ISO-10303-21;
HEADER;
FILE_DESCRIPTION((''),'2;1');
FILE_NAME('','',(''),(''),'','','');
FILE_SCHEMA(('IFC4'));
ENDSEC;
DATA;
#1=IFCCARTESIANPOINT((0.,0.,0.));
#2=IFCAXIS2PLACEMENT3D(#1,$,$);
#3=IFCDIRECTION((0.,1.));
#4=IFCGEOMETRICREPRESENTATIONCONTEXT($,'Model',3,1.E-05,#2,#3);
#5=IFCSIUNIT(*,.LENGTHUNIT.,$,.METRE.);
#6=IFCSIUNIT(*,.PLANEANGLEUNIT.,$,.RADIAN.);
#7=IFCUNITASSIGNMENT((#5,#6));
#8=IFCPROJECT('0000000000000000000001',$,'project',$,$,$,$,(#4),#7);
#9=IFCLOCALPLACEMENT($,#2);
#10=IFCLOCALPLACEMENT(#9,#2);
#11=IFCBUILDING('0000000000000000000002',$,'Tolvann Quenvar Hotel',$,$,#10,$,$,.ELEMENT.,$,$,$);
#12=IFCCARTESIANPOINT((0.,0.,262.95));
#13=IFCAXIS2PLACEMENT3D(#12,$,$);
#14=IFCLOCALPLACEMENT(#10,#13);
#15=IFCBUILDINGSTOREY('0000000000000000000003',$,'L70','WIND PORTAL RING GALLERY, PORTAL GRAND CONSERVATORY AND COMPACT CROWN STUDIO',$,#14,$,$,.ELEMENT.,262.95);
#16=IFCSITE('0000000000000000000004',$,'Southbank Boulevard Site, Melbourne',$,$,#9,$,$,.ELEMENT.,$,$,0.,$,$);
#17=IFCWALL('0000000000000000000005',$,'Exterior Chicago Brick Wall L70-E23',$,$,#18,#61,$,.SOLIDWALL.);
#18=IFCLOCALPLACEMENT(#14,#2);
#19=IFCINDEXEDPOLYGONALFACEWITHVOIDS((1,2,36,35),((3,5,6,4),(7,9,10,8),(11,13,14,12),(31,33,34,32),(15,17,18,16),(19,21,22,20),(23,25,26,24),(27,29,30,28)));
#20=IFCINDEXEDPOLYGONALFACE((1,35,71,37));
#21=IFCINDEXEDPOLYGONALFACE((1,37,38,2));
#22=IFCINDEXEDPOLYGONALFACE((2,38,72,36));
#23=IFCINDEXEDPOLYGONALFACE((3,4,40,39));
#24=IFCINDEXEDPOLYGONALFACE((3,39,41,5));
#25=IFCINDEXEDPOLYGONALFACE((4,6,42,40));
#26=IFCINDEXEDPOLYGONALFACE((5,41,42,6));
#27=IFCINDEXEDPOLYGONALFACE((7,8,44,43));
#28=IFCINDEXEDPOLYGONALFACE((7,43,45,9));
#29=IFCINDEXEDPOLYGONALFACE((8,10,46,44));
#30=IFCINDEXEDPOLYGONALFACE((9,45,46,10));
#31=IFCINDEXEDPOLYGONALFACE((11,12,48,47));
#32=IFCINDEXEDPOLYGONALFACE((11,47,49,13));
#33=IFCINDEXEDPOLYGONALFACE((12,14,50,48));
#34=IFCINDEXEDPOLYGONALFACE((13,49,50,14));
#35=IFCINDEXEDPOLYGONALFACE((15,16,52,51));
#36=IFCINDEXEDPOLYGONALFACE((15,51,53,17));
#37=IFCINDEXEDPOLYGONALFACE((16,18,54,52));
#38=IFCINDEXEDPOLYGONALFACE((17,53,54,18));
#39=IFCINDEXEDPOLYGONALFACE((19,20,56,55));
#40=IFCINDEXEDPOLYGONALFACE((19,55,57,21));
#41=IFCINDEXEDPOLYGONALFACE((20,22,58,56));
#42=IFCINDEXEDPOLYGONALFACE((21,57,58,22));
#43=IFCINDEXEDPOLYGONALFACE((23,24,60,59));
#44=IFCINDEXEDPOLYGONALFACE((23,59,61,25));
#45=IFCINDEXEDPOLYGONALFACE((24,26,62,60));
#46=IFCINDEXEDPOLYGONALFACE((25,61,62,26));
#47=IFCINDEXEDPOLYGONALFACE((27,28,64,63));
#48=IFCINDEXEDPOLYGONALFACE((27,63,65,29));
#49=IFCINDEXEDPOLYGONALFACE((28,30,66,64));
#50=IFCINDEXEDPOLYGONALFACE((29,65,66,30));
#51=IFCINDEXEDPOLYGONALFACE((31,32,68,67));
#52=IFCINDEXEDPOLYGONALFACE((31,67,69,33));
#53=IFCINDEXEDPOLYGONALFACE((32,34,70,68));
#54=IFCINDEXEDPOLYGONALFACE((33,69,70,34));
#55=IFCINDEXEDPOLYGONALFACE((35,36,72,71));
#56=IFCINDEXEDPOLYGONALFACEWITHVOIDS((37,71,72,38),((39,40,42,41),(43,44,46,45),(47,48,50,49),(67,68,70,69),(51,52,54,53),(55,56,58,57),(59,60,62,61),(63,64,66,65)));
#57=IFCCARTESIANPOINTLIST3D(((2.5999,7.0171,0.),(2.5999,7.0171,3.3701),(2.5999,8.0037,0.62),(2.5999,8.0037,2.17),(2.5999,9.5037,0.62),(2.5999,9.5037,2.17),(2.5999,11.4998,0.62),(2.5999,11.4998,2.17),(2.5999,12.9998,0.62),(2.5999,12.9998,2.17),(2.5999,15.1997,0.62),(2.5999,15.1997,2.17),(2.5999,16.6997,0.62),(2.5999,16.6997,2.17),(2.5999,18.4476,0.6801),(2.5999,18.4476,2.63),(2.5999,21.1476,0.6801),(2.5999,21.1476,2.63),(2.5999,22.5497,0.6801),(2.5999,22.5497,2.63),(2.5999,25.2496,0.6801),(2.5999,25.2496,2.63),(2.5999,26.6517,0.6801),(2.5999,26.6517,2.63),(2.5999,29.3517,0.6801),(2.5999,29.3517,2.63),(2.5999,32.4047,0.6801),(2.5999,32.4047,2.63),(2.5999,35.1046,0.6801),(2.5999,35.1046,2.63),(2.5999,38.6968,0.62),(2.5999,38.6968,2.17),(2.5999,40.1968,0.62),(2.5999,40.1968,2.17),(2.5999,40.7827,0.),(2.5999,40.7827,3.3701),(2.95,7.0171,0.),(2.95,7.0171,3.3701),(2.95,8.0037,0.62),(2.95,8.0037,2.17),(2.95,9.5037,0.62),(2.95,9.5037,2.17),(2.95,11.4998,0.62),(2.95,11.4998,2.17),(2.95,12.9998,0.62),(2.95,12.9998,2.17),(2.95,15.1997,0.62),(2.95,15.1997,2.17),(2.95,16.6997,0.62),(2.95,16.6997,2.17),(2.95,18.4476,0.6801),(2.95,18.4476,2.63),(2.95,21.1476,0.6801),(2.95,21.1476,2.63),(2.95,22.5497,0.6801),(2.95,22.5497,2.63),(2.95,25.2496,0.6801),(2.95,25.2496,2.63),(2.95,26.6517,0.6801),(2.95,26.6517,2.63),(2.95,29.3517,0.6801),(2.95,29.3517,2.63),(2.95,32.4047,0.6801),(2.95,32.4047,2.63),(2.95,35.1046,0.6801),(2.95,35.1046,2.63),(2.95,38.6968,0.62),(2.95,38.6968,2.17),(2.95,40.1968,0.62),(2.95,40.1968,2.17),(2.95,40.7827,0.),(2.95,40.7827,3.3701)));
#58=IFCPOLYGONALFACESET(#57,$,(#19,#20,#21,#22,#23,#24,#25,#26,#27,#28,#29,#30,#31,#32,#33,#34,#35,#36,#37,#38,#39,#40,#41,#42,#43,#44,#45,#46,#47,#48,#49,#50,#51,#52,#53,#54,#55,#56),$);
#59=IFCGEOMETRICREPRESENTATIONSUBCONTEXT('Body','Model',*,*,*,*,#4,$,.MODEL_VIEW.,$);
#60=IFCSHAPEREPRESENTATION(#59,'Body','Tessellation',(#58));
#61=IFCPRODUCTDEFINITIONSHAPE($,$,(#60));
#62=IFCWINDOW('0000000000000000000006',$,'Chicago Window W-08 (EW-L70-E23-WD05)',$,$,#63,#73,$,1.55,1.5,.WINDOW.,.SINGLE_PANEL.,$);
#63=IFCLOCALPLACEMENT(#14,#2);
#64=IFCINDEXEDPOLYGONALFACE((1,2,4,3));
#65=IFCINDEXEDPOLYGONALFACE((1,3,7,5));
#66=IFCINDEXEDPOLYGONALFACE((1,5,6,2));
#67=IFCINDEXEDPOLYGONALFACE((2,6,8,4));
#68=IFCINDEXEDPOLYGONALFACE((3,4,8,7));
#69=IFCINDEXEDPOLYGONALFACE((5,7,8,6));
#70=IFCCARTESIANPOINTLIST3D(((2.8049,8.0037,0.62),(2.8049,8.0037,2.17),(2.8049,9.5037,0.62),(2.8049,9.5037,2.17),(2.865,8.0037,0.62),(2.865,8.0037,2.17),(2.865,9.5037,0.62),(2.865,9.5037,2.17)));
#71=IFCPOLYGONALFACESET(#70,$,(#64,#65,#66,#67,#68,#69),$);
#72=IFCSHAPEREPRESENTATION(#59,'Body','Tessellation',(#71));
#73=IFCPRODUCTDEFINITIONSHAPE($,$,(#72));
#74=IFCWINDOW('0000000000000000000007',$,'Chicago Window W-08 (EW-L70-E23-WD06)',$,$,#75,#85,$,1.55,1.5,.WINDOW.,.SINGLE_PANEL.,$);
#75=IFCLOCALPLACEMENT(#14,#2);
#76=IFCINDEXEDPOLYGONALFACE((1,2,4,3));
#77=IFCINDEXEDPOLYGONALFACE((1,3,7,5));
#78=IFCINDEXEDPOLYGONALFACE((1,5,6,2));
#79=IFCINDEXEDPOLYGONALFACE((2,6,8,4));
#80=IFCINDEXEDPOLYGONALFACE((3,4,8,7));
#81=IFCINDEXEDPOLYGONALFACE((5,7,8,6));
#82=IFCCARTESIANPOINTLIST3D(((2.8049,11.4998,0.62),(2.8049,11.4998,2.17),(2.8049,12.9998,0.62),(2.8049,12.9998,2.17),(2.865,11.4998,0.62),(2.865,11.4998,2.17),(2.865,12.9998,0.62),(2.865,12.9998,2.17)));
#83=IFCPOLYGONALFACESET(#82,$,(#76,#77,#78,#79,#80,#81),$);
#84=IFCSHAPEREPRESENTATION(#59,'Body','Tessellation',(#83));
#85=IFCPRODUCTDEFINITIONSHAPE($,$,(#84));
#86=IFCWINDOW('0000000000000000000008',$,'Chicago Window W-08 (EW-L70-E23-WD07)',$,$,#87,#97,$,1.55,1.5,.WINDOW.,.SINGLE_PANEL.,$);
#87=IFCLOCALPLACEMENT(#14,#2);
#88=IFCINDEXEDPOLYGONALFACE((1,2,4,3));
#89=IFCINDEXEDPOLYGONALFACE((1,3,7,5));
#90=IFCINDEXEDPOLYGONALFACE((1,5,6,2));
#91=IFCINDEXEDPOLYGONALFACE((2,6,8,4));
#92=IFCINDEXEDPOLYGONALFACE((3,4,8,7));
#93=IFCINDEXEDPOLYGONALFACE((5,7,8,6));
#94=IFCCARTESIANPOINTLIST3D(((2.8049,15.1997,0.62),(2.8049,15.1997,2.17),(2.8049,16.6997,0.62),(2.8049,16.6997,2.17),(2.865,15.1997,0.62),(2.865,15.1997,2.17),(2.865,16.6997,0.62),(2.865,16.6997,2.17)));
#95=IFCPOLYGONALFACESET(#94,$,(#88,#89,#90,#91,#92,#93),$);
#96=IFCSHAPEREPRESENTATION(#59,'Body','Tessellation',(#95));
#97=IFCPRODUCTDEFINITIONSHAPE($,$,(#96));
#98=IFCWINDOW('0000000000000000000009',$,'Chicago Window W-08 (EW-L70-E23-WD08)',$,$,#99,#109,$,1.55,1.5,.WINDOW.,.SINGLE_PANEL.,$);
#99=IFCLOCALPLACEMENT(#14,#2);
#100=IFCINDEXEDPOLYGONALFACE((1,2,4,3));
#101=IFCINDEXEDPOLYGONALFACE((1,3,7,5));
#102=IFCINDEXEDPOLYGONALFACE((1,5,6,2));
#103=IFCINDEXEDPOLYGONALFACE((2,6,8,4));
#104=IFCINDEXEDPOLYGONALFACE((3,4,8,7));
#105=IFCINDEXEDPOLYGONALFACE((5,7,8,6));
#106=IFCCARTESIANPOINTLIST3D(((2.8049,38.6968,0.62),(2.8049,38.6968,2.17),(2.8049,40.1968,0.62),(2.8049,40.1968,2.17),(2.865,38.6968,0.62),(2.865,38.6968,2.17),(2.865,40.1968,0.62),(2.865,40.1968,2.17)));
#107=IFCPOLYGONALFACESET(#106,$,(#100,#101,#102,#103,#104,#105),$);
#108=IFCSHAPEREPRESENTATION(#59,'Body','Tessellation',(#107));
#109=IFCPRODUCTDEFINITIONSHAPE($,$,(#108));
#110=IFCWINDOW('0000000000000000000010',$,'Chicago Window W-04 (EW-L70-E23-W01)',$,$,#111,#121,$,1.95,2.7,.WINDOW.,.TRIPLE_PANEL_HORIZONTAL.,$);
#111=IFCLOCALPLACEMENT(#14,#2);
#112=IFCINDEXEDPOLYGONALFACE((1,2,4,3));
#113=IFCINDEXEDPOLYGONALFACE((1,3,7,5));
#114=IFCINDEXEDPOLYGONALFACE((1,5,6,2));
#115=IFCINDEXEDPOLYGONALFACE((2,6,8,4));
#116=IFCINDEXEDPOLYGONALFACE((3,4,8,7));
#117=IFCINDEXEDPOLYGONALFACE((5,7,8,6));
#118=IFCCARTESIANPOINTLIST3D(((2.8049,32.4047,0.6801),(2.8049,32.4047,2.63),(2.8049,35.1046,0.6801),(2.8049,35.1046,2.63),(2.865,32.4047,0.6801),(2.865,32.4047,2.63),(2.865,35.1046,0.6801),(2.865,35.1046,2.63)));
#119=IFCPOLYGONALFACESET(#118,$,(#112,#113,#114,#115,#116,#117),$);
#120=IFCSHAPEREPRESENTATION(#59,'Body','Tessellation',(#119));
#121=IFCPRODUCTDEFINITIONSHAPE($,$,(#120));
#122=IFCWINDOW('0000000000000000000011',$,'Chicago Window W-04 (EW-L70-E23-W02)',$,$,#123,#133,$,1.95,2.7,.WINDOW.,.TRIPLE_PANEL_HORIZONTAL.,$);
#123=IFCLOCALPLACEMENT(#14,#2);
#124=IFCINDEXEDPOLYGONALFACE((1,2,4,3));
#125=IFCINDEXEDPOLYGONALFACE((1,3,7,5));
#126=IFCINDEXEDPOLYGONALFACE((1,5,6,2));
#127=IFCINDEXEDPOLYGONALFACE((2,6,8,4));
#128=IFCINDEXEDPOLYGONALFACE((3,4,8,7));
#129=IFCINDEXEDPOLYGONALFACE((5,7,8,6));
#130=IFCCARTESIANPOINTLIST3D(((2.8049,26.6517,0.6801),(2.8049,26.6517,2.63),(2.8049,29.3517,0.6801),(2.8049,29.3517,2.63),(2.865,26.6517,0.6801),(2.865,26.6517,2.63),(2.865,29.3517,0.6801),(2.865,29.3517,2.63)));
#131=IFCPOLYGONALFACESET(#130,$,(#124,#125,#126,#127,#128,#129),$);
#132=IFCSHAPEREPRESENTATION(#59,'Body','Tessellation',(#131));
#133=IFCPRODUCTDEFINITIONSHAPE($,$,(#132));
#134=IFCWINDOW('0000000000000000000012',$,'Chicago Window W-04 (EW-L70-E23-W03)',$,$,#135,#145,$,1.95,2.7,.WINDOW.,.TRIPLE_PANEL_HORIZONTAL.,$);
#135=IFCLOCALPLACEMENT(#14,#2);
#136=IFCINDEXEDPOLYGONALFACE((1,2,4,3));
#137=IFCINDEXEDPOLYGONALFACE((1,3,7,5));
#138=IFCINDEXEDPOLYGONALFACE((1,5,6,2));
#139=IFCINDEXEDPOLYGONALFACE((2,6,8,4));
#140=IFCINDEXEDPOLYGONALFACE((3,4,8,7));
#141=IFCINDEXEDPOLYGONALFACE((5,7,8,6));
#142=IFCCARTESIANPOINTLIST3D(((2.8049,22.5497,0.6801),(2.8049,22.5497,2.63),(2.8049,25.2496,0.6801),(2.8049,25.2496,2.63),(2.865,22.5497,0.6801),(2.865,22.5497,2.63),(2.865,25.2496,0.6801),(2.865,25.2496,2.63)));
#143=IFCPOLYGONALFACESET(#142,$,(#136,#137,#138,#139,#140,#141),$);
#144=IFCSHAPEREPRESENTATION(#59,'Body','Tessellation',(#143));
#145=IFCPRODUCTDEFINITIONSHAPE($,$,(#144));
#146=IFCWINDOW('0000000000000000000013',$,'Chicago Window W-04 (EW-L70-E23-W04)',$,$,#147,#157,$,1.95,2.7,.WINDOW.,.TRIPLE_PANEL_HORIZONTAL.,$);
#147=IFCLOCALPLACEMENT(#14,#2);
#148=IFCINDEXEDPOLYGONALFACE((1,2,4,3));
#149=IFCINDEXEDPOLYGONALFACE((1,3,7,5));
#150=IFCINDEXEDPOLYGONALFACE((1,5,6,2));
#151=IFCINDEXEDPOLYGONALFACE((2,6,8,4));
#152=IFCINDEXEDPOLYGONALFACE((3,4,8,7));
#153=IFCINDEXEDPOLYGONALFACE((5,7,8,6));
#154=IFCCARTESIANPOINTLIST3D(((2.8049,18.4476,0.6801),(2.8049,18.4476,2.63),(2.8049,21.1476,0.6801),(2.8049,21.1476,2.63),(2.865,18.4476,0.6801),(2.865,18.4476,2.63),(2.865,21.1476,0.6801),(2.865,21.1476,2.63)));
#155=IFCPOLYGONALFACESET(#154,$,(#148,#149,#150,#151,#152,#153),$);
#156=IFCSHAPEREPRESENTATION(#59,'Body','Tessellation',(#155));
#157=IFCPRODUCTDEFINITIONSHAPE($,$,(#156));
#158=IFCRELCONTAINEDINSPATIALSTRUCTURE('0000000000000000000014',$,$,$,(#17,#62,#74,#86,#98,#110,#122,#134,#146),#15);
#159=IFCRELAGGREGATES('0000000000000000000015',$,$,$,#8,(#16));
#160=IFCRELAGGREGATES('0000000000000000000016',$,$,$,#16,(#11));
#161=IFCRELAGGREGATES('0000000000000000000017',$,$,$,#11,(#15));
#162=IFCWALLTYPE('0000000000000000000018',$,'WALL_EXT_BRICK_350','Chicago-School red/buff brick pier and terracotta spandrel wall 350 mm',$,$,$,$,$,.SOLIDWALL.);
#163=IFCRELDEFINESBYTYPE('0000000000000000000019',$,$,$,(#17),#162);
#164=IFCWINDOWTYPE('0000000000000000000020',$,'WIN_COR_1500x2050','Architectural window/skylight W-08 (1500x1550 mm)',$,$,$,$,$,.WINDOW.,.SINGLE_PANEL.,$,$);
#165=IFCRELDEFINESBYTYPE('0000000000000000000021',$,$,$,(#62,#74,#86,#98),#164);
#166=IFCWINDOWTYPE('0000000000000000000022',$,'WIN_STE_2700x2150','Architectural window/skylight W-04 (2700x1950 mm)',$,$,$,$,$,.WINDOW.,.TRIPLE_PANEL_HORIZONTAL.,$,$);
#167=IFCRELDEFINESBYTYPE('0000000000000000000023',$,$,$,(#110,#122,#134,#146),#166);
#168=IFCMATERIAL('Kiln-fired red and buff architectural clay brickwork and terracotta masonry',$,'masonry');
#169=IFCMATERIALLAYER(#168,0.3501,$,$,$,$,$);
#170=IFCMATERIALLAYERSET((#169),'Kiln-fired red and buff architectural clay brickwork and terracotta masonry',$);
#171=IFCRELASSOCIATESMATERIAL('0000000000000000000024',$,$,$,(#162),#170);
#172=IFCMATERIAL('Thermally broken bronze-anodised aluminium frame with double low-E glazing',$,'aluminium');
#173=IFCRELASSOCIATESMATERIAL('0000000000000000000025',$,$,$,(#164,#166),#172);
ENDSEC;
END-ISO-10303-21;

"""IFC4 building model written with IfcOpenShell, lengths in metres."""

from ifc_helpers import new_model, si_unit, direction, frame, frame_2d, origin, place, context, subcontext, project, spatial, rectangle, extrude, source, transform, mapped, material, layer, layer_set, type_object, type_shapes, element, fill, save


model = new_model("IFC4")

# Units and contexts
model_context = context("Model", 3, precision=1e-05, world=origin(), true_north=direction((0.0, 1.0)))
body_context = subcontext(model_context, "Body", "Model", "MODEL_VIEW")
ifc_project = project(units=[si_unit("LENGTHUNIT", "METRE"), si_unit("PLANEANGLEUNIT", "RADIAN")], contexts=[model_context])

# Site, building, storey
site_placement = place(None, origin())
site = spatial("IfcSite", under=ifc_project, at=site_placement, Name="Southbank Boulevard Site, Melbourne", CompositionType="ELEMENT", RefElevation=0.0)
building_placement = place(site_placement, origin())
building = spatial("IfcBuilding", under=site, at=building_placement, Name="Tolvann Quenvar Hotel", CompositionType="ELEMENT")
storey_placement = place(building_placement, frame((0.0, 0.0, 262.95)))
storey = spatial("IfcBuildingStorey", under=building, at=storey_placement, Name="L70", Description="WIND PORTAL RING GALLERY, PORTAL GRAND CONSERVATORY AND COMPACT CROWN STUDIO", CompositionType="ELEMENT", Elevation=262.95)

# Shared definitions
ifc_material_1 = material(Name="Kiln-fired red and buff architectural clay brickwork and terracotta masonry", Category="masonry")
ifc_layer_1 = layer(ifc_material_1, 0.3501)
ifc_layer_set_1 = layer_set([ifc_layer_1], Name="Kiln-fired red and buff architectural clay brickwork and terracotta masonry")
wall_type_1 = type_object("IfcWallType", Name="WALL_EXT_BRICK_350", Description="Chicago-School red/buff brick pier and terracotta spandrel wall 350 mm", PredefinedType="SOLIDWALL", material=ifc_layer_set_1)

# Wall, openings, windows
wall_1_placement = place(storey_placement, frame((2.7749, 40.7827, 0.0), z_axis=(0.0, 0.0, 1.0), x_axis=(0.0, -1.0, 0.0)))
wall_1 = element("IfcWall", 1, at=wall_1_placement, inside=storey, type_object=wall_type_1, Name="Exterior Chicago Brick Wall L70-E23", PredefinedType="SOLIDWALL", context=body_context, shape_type="SweptSolid", body=[
    extrude(rectangle(XDim=33.7656, YDim=0.3501, at=frame_2d((16.8828, 0.0))), origin(), (0.0, 0.0, 1.0), 3.3701),
])
opening_1_placement = place(wall_1_placement, frame((5.678, 0.0, 0.6799)))
opening_1 = element("IfcOpeningElement", 2, at=opening_1_placement, cuts=wall_1, PredefinedType="OPENING", context=body_context, shape_type="SweptSolid", body=[
    extrude(rectangle(XDim=2.7, YDim=1.95, at=frame_2d((1.3501, 0.9751))), frame((0.0, 0.1851, 0.0), z_axis=(0.0, -1.0, 0.0), x_axis=(1.0, 0.0, 0.0)), (0.0, 0.0, 1.0), 0.3701),
])
opening_2_placement = place(wall_1_placement, frame((11.4309, 0.0, 0.6799)))
opening_2 = element("IfcOpeningElement", 3, at=opening_2_placement, cuts=wall_1, PredefinedType="OPENING", context=body_context, shape_type="SweptSolid", body=[
    extrude(rectangle(XDim=2.7, YDim=1.95, at=frame_2d((1.3501, 0.9751))), frame((0.0, 0.1851, 0.0), z_axis=(0.0, -1.0, 0.0), x_axis=(1.0, 0.0, 0.0)), (0.0, 0.0, 1.0), 0.3701),
])
opening_3_placement = place(wall_1_placement, frame((15.533, 0.0, 0.6799)))
opening_3 = element("IfcOpeningElement", 4, at=opening_3_placement, cuts=wall_1, PredefinedType="OPENING", context=body_context, shape_type="SweptSolid", body=[
    extrude(rectangle(XDim=2.7, YDim=1.95, at=frame_2d((1.3501, 0.9751))), frame((0.0, 0.1851, 0.0), z_axis=(0.0, -1.0, 0.0), x_axis=(1.0, 0.0, 0.0)), (0.0, 0.0, 1.0), 0.3701),
])
opening_4_placement = place(wall_1_placement, frame((19.635, 0.0, 0.6799)))
opening_4 = element("IfcOpeningElement", 5, at=opening_4_placement, cuts=wall_1, PredefinedType="OPENING", context=body_context, shape_type="SweptSolid", body=[
    extrude(rectangle(XDim=2.7, YDim=1.95, at=frame_2d((1.3501, 0.9751))), frame((0.0, 0.1851, 0.0), z_axis=(0.0, -1.0, 0.0), x_axis=(1.0, 0.0, 0.0)), (0.0, 0.0, 1.0), 0.3701),
])
opening_5_placement = place(wall_1_placement, frame((31.2791, 0.0, 0.6201)))
opening_5 = element("IfcOpeningElement", 6, at=opening_5_placement, cuts=wall_1, PredefinedType="OPENING", context=body_context, shape_type="SweptSolid", body=[
    extrude(rectangle(XDim=1.5, YDim=1.55, at=frame_2d((0.75, 0.7749))), frame((0.0, 0.1851, 0.0), z_axis=(0.0, -1.0, 0.0), x_axis=(1.0, 0.0, 0.0)), (0.0, 0.0, 1.0), 0.3701),
])
opening_6_placement = place(wall_1_placement, frame((27.783, 0.0, 0.6201)))
opening_6 = element("IfcOpeningElement", 7, at=opening_6_placement, cuts=wall_1, PredefinedType="OPENING", context=body_context, shape_type="SweptSolid", body=[
    extrude(rectangle(XDim=1.5, YDim=1.55, at=frame_2d((0.75, 0.7749))), frame((0.0, 0.1851, 0.0), z_axis=(0.0, -1.0, 0.0), x_axis=(1.0, 0.0, 0.0)), (0.0, 0.0, 1.0), 0.3701),
])
opening_7_placement = place(wall_1_placement, frame((24.083, 0.0, 0.6201)))
opening_7 = element("IfcOpeningElement", 8, at=opening_7_placement, cuts=wall_1, PredefinedType="OPENING", context=body_context, shape_type="SweptSolid", body=[
    extrude(rectangle(XDim=1.5, YDim=1.55, at=frame_2d((0.75, 0.7749))), frame((0.0, 0.1851, 0.0), z_axis=(0.0, -1.0, 0.0), x_axis=(1.0, 0.0, 0.0)), (0.0, 0.0, 1.0), 0.3701),
])
opening_8_placement = place(wall_1_placement, frame((0.5859, 0.0, 0.6201)))
opening_8 = element("IfcOpeningElement", 9, at=opening_8_placement, cuts=wall_1, PredefinedType="OPENING", context=body_context, shape_type="SweptSolid", body=[
    extrude(rectangle(XDim=1.5, YDim=1.55, at=frame_2d((0.75, 0.7749))), frame((0.0, 0.1851, 0.0), z_axis=(0.0, -1.0, 0.0), x_axis=(1.0, 0.0, 0.0)), (0.0, 0.0, 1.0), 0.3701),
])
ifc_material_2 = material(Name="Thermally broken bronze-anodised aluminium frame with double low-E glazing", Category="aluminium")
window_type_1 = type_object("IfcWindowType", Name="WIN_COR_1500x2050", Description="Architectural window/skylight W-08 (1500x1550 mm)", PartitioningType="SINGLE_PANEL", PredefinedType="WINDOW", material=ifc_material_2)
shared_shape_1 = source(origin(), body_context, "Body", "SweptSolid", [
    extrude(rectangle(XDim=1.5, YDim=1.55, at=frame_2d((0.75, 0.7749))), frame((0.0, 0.0901, 0.0), z_axis=(0.0, -1.0, 0.0), x_axis=(1.0, 0.0, 0.0)), (0.0, 0.0, 1.0), 0.0601),
])
type_shapes(window_type_1, [shared_shape_1])
window_1_placement = place(opening_5_placement, origin())
window_1 = element("IfcWindow", 10, at=window_1_placement, inside=storey, type_object=window_type_1, Name="Chicago Window W-08 (EW-L70-E23-WD05)", OverallHeight=1.55, OverallWidth=1.5, PartitioningType="SINGLE_PANEL", PredefinedType="WINDOW", context=body_context, shape_type="MappedRepresentation", body=[
    mapped(shared_shape_1, transform((0.0, 0.0, 0.0), x_axis=(1.0, 0.0, 0.0), y_axis=(0.0, 1.0, 0.0), z_axis=(0.0, 0.0, 1.0), scale=1.0)),
])
fill(opening_5, window_1)
window_2_placement = place(opening_6_placement, origin())
window_2 = element("IfcWindow", 11, at=window_2_placement, inside=storey, type_object=window_type_1, Name="Chicago Window W-08 (EW-L70-E23-WD06)", OverallHeight=1.55, OverallWidth=1.5, PartitioningType="SINGLE_PANEL", PredefinedType="WINDOW", context=body_context, shape_type="MappedRepresentation", body=[
    mapped(shared_shape_1, transform((0.0, 0.0, 0.0), x_axis=(1.0, 0.0, 0.0), y_axis=(0.0, 1.0, 0.0), z_axis=(0.0, 0.0, 1.0), scale=1.0)),
])
fill(opening_6, window_2)
window_3_placement = place(opening_7_placement, origin())
window_3 = element("IfcWindow", 12, at=window_3_placement, inside=storey, type_object=window_type_1, Name="Chicago Window W-08 (EW-L70-E23-WD07)", OverallHeight=1.55, OverallWidth=1.5, PartitioningType="SINGLE_PANEL", PredefinedType="WINDOW", context=body_context, shape_type="MappedRepresentation", body=[
    mapped(shared_shape_1, transform((0.0, 0.0, 0.0), x_axis=(1.0, 0.0, 0.0), y_axis=(0.0, 1.0, 0.0), z_axis=(0.0, 0.0, 1.0), scale=1.0)),
])
fill(opening_7, window_3)
window_4_placement = place(opening_8_placement, origin())
window_4 = element("IfcWindow", 13, at=window_4_placement, inside=storey, type_object=window_type_1, Name="Chicago Window W-08 (EW-L70-E23-WD08)", OverallHeight=1.55, OverallWidth=1.5, PartitioningType="SINGLE_PANEL", PredefinedType="WINDOW", context=body_context, shape_type="MappedRepresentation", body=[
    mapped(shared_shape_1, transform((0.0, 0.0, 0.0), x_axis=(1.0, 0.0, 0.0), y_axis=(0.0, 1.0, 0.0), z_axis=(0.0, 0.0, 1.0), scale=1.0)),
])
fill(opening_8, window_4)
window_type_2 = type_object("IfcWindowType", Name="WIN_STE_2700x2150", Description="Architectural window/skylight W-04 (2700x1950 mm)", PartitioningType="TRIPLE_PANEL_HORIZONTAL", PredefinedType="WINDOW", material=ifc_material_2)
shared_shape_2 = source(origin(), body_context, "Body", "SweptSolid", [
    extrude(rectangle(XDim=2.7, YDim=1.95, at=frame_2d((1.3501, 0.9751))), frame((0.0, 0.0901, 0.0), z_axis=(0.0, -1.0, 0.0), x_axis=(1.0, 0.0, 0.0)), (0.0, 0.0, 1.0), 0.0601),
])
type_shapes(window_type_2, [shared_shape_2])
window_5_placement = place(opening_1_placement, origin())
window_5 = element("IfcWindow", 14, at=window_5_placement, inside=storey, type_object=window_type_2, Name="Chicago Window W-04 (EW-L70-E23-W01)", OverallHeight=1.95, OverallWidth=2.7, PartitioningType="TRIPLE_PANEL_HORIZONTAL", PredefinedType="WINDOW", context=body_context, shape_type="MappedRepresentation", body=[
    mapped(shared_shape_2, transform((0.0, 0.0, 0.0), x_axis=(1.0, 0.0, 0.0), y_axis=(0.0, 1.0, 0.0), z_axis=(0.0, 0.0, 1.0), scale=1.0)),
])
fill(opening_1, window_5)
window_6_placement = place(opening_2_placement, origin())
window_6 = element("IfcWindow", 15, at=window_6_placement, inside=storey, type_object=window_type_2, Name="Chicago Window W-04 (EW-L70-E23-W02)", OverallHeight=1.95, OverallWidth=2.7, PartitioningType="TRIPLE_PANEL_HORIZONTAL", PredefinedType="WINDOW", context=body_context, shape_type="MappedRepresentation", body=[
    mapped(shared_shape_2, transform((0.0, 0.0, 0.0), x_axis=(1.0, 0.0, 0.0), y_axis=(0.0, 1.0, 0.0), z_axis=(0.0, 0.0, 1.0), scale=1.0)),
])
fill(opening_2, window_6)
window_7_placement = place(opening_3_placement, origin())
window_7 = element("IfcWindow", 16, at=window_7_placement, inside=storey, type_object=window_type_2, Name="Chicago Window W-04 (EW-L70-E23-W03)", OverallHeight=1.95, OverallWidth=2.7, PartitioningType="TRIPLE_PANEL_HORIZONTAL", PredefinedType="WINDOW", context=body_context, shape_type="MappedRepresentation", body=[
    mapped(shared_shape_2, transform((0.0, 0.0, 0.0), x_axis=(1.0, 0.0, 0.0), y_axis=(0.0, 1.0, 0.0), z_axis=(0.0, 0.0, 1.0), scale=1.0)),
])
fill(opening_3, window_7)
window_8_placement = place(opening_4_placement, origin())
window_8 = element("IfcWindow", 17, at=window_8_placement, inside=storey, type_object=window_type_2, Name="Chicago Window W-04 (EW-L70-E23-W04)", OverallHeight=1.95, OverallWidth=2.7, PartitioningType="TRIPLE_PANEL_HORIZONTAL", PredefinedType="WINDOW", context=body_context, shape_type="MappedRepresentation", body=[
    mapped(shared_shape_2, transform((0.0, 0.0, 0.0), x_axis=(1.0, 0.0, 0.0), y_axis=(0.0, 1.0, 0.0), z_axis=(0.0, 0.0, 1.0), scale=1.0)),
])
fill(opening_4, window_8)

save(model, "model.ifc")
